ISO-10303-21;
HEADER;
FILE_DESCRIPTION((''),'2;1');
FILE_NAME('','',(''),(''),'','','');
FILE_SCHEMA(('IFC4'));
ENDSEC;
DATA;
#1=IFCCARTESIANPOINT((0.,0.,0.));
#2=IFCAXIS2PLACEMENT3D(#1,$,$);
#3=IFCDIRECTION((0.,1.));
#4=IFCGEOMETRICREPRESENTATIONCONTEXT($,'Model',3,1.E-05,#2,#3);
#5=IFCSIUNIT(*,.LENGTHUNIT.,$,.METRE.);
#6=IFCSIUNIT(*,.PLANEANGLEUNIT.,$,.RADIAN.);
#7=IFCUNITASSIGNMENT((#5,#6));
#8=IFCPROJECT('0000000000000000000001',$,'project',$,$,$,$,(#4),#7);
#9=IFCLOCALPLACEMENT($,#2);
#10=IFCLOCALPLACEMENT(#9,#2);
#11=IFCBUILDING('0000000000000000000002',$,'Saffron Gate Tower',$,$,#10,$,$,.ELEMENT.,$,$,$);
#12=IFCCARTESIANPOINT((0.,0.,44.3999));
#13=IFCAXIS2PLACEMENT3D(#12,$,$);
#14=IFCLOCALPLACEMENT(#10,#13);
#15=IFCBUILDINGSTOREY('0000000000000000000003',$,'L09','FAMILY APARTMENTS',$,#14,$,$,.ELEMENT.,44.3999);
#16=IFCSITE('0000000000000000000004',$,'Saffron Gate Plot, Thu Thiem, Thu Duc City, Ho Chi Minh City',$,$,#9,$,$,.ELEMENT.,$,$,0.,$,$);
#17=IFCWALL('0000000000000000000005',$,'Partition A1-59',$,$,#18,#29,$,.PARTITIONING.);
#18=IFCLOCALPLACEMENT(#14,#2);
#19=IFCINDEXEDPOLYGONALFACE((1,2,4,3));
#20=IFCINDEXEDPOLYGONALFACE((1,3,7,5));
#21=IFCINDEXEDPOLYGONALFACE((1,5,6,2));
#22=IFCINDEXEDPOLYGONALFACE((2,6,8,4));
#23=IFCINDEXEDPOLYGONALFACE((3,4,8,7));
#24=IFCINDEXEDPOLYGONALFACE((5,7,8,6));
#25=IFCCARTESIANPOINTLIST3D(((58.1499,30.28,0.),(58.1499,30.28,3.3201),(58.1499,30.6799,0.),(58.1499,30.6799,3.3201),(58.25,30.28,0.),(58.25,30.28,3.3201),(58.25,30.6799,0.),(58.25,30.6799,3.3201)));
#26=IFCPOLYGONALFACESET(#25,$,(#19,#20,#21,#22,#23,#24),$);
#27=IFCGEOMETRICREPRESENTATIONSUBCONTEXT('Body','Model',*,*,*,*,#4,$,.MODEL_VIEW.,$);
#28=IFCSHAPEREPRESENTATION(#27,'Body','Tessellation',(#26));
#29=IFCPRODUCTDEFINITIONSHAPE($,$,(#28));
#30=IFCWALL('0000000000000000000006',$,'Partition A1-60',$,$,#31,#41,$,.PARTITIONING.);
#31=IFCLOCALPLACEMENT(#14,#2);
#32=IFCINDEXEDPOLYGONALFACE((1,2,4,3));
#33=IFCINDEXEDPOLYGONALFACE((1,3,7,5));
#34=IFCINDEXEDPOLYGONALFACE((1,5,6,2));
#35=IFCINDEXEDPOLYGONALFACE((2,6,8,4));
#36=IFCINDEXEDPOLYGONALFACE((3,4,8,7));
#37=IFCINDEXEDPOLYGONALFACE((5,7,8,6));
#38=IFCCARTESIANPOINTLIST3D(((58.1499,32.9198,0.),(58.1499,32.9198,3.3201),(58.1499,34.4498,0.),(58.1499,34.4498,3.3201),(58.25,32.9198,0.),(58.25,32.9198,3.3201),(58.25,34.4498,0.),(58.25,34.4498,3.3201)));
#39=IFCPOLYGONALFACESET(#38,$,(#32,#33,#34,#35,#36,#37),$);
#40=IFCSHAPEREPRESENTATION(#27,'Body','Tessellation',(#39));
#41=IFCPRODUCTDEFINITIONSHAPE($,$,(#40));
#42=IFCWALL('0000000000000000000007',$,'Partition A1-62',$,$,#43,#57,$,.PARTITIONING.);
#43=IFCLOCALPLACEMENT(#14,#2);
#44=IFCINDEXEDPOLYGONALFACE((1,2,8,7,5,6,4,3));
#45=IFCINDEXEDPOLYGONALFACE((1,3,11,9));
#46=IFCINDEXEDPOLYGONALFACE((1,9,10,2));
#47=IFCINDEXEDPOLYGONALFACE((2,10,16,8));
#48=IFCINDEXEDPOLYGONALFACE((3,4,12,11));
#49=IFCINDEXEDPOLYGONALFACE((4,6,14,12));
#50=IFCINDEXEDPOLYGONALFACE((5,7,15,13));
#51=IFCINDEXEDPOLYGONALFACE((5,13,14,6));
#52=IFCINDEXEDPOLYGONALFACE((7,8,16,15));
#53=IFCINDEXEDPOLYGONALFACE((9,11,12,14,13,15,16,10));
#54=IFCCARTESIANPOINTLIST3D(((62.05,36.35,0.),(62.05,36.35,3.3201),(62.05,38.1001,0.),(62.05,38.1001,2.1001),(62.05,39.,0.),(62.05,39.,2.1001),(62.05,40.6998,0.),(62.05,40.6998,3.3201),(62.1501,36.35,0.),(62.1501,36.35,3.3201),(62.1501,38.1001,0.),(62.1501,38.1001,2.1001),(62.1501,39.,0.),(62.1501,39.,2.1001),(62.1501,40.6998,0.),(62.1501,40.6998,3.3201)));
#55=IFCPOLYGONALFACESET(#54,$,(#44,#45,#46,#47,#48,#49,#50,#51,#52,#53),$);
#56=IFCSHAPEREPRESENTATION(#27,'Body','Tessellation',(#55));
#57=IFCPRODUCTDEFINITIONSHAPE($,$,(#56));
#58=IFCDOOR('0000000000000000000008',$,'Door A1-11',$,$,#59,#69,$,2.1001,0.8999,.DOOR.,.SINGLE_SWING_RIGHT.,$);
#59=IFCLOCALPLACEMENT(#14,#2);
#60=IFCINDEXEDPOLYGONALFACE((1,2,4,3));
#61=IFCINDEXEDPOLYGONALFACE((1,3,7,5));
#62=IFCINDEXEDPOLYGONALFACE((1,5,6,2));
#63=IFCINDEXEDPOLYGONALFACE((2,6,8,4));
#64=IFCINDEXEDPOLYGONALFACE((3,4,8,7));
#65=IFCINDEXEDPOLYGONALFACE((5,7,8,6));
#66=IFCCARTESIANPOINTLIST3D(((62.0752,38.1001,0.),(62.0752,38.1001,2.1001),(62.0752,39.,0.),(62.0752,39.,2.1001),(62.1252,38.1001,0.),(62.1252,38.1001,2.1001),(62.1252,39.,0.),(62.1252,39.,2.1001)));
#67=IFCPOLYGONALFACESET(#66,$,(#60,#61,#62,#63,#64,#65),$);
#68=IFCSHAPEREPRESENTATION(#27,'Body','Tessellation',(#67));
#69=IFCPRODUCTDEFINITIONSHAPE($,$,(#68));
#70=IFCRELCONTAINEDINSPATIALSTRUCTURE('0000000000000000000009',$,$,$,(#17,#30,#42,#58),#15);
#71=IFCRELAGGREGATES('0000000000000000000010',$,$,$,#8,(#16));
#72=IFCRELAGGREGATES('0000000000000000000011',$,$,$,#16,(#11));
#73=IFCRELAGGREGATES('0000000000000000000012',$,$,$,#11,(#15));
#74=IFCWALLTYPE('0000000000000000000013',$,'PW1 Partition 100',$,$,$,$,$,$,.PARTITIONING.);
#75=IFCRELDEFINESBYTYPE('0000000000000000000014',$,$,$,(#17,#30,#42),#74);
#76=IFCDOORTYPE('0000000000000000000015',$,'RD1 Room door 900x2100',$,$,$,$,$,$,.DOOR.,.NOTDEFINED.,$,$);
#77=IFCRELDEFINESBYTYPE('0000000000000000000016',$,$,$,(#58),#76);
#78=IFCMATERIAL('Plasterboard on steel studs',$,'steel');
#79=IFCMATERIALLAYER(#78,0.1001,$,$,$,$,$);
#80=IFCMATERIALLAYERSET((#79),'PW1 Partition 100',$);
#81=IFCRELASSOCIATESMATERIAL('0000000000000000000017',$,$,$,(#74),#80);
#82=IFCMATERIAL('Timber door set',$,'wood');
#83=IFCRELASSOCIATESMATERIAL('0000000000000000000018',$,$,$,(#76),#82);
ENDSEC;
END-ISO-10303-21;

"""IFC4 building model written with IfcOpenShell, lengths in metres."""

from ifc_helpers import new_model, si_unit, direction, frame, frame_2d, origin, place, context, subcontext, project, spatial, rectangle, extrude, material, layer, layer_set, type_object, element, fill, save


model = new_model("IFC4")

# Units and contexts
model_context = context("Model", 3, precision=1e-05, world=origin(), true_north=direction((0.0, 1.0)))
body_context = subcontext(model_context, "Body", "Model", "MODEL_VIEW")
ifc_project = project(units=[si_unit("LENGTHUNIT", "METRE"), si_unit("PLANEANGLEUNIT", "RADIAN")], contexts=[model_context])

# Site, building, storey
site_placement = place(None, origin())
site = spatial("IfcSite", under=ifc_project, at=site_placement, Name="Saffron Gate Plot, Thu Thiem, Thu Duc City, Ho Chi Minh City", CompositionType="ELEMENT", RefElevation=0.0)
building_placement = place(site_placement, origin())
building = spatial("IfcBuilding", under=site, at=building_placement, Name="Saffron Gate Tower", CompositionType="ELEMENT")
storey_placement = place(building_placement, frame((0.0, 0.0, 44.3999)))
storey = spatial("IfcBuildingStorey", under=building, at=storey_placement, Name="L09", Description="FAMILY APARTMENTS", CompositionType="ELEMENT", Elevation=44.3999)

# Shared definitions
ifc_material_1 = material(Name="Plasterboard on steel studs", Category="steel")
ifc_layer_1 = layer(ifc_material_1, 0.1001)
ifc_layer_set_1 = layer_set([ifc_layer_1], Name="PW1 Partition 100")
wall_type = type_object("IfcWallType", Name="PW1 Partition 100", PredefinedType="PARTITIONING", material=ifc_layer_set_1)

# Shared definitions
ifc_material_2 = material(Name="Timber door set", Category="wood")
door_type = type_object("IfcDoorType", Name="RD1 Room door 900x2100", OperationType="NOTDEFINED", PredefinedType="DOOR", material=ifc_material_2)

# Walls
wall_1_placement = place(storey_placement, frame((58.2, 30.6799, 0.0), z_axis=(0.0, 0.0, 1.0), x_axis=(0.0, -1.0, 0.0)))
element("IfcWall", 1, at=wall_1_placement, inside=storey, type_object=wall_type, Name="Partition A1-59", PredefinedType="PARTITIONING", context=body_context, shape_type="SweptSolid", body=[
    extrude(rectangle(XDim=0.3999, YDim=0.1001, at=frame_2d((0.2, 0.0))), origin(), (0.0, 0.0, 1.0), 3.3201),
])
wall_2_placement = place(storey_placement, frame((58.2, 34.45, 0.0), z_axis=(0.0, 0.0, 1.0), x_axis=(0.0, -1.0, 0.0)))
element("IfcWall", 2, at=wall_2_placement, inside=storey, type_object=wall_type, Name="Partition A1-60", PredefinedType="PARTITIONING", context=body_context, shape_type="SweptSolid", body=[
    extrude(rectangle(XDim=1.53, YDim=0.1001, at=frame_2d((0.7651, 0.0))), origin(), (0.0, 0.0, 1.0), 3.3201),
])

# Wall, opening, door
wall_3_placement = place(storey_placement, frame((62.1001, 36.3501, 0.0), z_axis=(0.0, 0.0, 1.0), x_axis=(0.0, 1.0, 0.0)))
wall_3 = element("IfcWall", 3, at=wall_3_placement, inside=storey, type_object=wall_type, Name="Partition A1-62", PredefinedType="PARTITIONING", context=body_context, shape_type="SweptSolid", body=[
    extrude(rectangle(XDim=4.3499, YDim=0.1001, at=frame_2d((2.1748, 0.0))), origin(), (0.0, 0.0, 1.0), 3.3201),
])
opening_1_placement = place(wall_3_placement, frame((1.75, 0.0, 0.0)))
opening_1 = element("IfcOpeningElement", 4, at=opening_1_placement, cuts=wall_3, PredefinedType="OPENING", context=body_context, shape_type="SweptSolid", body=[
    extrude(rectangle(XDim=0.8999, YDim=2.1001, at=frame_2d((0.45, 1.05))), frame((0.0, 0.0601, 0.0), z_axis=(0.0, -1.0, 0.0), x_axis=(1.0, 0.0, 0.0)), (0.0, 0.0, 1.0), 0.1201),
])
door_1_placement = place(opening_1_placement, origin())
door_1 = element("IfcDoor", 5, at=door_1_placement, inside=storey, type_object=door_type, Name="Door A1-11", OperationType="SINGLE_SWING_RIGHT", OverallHeight=2.1001, OverallWidth=0.8999, PredefinedType="DOOR", context=body_context, shape_type="SweptSolid", body=[
    extrude(rectangle(XDim=0.8999, YDim=2.1001, at=frame_2d((0.45, 1.05))), frame((0.0, 0.0249, 0.0), z_axis=(0.0, -1.0, 0.0), x_axis=(1.0, 0.0, 0.0)), (0.0, 0.0, 1.0), 0.05),
])
fill(opening_1, door_1)

save(model, "model.ifc")
